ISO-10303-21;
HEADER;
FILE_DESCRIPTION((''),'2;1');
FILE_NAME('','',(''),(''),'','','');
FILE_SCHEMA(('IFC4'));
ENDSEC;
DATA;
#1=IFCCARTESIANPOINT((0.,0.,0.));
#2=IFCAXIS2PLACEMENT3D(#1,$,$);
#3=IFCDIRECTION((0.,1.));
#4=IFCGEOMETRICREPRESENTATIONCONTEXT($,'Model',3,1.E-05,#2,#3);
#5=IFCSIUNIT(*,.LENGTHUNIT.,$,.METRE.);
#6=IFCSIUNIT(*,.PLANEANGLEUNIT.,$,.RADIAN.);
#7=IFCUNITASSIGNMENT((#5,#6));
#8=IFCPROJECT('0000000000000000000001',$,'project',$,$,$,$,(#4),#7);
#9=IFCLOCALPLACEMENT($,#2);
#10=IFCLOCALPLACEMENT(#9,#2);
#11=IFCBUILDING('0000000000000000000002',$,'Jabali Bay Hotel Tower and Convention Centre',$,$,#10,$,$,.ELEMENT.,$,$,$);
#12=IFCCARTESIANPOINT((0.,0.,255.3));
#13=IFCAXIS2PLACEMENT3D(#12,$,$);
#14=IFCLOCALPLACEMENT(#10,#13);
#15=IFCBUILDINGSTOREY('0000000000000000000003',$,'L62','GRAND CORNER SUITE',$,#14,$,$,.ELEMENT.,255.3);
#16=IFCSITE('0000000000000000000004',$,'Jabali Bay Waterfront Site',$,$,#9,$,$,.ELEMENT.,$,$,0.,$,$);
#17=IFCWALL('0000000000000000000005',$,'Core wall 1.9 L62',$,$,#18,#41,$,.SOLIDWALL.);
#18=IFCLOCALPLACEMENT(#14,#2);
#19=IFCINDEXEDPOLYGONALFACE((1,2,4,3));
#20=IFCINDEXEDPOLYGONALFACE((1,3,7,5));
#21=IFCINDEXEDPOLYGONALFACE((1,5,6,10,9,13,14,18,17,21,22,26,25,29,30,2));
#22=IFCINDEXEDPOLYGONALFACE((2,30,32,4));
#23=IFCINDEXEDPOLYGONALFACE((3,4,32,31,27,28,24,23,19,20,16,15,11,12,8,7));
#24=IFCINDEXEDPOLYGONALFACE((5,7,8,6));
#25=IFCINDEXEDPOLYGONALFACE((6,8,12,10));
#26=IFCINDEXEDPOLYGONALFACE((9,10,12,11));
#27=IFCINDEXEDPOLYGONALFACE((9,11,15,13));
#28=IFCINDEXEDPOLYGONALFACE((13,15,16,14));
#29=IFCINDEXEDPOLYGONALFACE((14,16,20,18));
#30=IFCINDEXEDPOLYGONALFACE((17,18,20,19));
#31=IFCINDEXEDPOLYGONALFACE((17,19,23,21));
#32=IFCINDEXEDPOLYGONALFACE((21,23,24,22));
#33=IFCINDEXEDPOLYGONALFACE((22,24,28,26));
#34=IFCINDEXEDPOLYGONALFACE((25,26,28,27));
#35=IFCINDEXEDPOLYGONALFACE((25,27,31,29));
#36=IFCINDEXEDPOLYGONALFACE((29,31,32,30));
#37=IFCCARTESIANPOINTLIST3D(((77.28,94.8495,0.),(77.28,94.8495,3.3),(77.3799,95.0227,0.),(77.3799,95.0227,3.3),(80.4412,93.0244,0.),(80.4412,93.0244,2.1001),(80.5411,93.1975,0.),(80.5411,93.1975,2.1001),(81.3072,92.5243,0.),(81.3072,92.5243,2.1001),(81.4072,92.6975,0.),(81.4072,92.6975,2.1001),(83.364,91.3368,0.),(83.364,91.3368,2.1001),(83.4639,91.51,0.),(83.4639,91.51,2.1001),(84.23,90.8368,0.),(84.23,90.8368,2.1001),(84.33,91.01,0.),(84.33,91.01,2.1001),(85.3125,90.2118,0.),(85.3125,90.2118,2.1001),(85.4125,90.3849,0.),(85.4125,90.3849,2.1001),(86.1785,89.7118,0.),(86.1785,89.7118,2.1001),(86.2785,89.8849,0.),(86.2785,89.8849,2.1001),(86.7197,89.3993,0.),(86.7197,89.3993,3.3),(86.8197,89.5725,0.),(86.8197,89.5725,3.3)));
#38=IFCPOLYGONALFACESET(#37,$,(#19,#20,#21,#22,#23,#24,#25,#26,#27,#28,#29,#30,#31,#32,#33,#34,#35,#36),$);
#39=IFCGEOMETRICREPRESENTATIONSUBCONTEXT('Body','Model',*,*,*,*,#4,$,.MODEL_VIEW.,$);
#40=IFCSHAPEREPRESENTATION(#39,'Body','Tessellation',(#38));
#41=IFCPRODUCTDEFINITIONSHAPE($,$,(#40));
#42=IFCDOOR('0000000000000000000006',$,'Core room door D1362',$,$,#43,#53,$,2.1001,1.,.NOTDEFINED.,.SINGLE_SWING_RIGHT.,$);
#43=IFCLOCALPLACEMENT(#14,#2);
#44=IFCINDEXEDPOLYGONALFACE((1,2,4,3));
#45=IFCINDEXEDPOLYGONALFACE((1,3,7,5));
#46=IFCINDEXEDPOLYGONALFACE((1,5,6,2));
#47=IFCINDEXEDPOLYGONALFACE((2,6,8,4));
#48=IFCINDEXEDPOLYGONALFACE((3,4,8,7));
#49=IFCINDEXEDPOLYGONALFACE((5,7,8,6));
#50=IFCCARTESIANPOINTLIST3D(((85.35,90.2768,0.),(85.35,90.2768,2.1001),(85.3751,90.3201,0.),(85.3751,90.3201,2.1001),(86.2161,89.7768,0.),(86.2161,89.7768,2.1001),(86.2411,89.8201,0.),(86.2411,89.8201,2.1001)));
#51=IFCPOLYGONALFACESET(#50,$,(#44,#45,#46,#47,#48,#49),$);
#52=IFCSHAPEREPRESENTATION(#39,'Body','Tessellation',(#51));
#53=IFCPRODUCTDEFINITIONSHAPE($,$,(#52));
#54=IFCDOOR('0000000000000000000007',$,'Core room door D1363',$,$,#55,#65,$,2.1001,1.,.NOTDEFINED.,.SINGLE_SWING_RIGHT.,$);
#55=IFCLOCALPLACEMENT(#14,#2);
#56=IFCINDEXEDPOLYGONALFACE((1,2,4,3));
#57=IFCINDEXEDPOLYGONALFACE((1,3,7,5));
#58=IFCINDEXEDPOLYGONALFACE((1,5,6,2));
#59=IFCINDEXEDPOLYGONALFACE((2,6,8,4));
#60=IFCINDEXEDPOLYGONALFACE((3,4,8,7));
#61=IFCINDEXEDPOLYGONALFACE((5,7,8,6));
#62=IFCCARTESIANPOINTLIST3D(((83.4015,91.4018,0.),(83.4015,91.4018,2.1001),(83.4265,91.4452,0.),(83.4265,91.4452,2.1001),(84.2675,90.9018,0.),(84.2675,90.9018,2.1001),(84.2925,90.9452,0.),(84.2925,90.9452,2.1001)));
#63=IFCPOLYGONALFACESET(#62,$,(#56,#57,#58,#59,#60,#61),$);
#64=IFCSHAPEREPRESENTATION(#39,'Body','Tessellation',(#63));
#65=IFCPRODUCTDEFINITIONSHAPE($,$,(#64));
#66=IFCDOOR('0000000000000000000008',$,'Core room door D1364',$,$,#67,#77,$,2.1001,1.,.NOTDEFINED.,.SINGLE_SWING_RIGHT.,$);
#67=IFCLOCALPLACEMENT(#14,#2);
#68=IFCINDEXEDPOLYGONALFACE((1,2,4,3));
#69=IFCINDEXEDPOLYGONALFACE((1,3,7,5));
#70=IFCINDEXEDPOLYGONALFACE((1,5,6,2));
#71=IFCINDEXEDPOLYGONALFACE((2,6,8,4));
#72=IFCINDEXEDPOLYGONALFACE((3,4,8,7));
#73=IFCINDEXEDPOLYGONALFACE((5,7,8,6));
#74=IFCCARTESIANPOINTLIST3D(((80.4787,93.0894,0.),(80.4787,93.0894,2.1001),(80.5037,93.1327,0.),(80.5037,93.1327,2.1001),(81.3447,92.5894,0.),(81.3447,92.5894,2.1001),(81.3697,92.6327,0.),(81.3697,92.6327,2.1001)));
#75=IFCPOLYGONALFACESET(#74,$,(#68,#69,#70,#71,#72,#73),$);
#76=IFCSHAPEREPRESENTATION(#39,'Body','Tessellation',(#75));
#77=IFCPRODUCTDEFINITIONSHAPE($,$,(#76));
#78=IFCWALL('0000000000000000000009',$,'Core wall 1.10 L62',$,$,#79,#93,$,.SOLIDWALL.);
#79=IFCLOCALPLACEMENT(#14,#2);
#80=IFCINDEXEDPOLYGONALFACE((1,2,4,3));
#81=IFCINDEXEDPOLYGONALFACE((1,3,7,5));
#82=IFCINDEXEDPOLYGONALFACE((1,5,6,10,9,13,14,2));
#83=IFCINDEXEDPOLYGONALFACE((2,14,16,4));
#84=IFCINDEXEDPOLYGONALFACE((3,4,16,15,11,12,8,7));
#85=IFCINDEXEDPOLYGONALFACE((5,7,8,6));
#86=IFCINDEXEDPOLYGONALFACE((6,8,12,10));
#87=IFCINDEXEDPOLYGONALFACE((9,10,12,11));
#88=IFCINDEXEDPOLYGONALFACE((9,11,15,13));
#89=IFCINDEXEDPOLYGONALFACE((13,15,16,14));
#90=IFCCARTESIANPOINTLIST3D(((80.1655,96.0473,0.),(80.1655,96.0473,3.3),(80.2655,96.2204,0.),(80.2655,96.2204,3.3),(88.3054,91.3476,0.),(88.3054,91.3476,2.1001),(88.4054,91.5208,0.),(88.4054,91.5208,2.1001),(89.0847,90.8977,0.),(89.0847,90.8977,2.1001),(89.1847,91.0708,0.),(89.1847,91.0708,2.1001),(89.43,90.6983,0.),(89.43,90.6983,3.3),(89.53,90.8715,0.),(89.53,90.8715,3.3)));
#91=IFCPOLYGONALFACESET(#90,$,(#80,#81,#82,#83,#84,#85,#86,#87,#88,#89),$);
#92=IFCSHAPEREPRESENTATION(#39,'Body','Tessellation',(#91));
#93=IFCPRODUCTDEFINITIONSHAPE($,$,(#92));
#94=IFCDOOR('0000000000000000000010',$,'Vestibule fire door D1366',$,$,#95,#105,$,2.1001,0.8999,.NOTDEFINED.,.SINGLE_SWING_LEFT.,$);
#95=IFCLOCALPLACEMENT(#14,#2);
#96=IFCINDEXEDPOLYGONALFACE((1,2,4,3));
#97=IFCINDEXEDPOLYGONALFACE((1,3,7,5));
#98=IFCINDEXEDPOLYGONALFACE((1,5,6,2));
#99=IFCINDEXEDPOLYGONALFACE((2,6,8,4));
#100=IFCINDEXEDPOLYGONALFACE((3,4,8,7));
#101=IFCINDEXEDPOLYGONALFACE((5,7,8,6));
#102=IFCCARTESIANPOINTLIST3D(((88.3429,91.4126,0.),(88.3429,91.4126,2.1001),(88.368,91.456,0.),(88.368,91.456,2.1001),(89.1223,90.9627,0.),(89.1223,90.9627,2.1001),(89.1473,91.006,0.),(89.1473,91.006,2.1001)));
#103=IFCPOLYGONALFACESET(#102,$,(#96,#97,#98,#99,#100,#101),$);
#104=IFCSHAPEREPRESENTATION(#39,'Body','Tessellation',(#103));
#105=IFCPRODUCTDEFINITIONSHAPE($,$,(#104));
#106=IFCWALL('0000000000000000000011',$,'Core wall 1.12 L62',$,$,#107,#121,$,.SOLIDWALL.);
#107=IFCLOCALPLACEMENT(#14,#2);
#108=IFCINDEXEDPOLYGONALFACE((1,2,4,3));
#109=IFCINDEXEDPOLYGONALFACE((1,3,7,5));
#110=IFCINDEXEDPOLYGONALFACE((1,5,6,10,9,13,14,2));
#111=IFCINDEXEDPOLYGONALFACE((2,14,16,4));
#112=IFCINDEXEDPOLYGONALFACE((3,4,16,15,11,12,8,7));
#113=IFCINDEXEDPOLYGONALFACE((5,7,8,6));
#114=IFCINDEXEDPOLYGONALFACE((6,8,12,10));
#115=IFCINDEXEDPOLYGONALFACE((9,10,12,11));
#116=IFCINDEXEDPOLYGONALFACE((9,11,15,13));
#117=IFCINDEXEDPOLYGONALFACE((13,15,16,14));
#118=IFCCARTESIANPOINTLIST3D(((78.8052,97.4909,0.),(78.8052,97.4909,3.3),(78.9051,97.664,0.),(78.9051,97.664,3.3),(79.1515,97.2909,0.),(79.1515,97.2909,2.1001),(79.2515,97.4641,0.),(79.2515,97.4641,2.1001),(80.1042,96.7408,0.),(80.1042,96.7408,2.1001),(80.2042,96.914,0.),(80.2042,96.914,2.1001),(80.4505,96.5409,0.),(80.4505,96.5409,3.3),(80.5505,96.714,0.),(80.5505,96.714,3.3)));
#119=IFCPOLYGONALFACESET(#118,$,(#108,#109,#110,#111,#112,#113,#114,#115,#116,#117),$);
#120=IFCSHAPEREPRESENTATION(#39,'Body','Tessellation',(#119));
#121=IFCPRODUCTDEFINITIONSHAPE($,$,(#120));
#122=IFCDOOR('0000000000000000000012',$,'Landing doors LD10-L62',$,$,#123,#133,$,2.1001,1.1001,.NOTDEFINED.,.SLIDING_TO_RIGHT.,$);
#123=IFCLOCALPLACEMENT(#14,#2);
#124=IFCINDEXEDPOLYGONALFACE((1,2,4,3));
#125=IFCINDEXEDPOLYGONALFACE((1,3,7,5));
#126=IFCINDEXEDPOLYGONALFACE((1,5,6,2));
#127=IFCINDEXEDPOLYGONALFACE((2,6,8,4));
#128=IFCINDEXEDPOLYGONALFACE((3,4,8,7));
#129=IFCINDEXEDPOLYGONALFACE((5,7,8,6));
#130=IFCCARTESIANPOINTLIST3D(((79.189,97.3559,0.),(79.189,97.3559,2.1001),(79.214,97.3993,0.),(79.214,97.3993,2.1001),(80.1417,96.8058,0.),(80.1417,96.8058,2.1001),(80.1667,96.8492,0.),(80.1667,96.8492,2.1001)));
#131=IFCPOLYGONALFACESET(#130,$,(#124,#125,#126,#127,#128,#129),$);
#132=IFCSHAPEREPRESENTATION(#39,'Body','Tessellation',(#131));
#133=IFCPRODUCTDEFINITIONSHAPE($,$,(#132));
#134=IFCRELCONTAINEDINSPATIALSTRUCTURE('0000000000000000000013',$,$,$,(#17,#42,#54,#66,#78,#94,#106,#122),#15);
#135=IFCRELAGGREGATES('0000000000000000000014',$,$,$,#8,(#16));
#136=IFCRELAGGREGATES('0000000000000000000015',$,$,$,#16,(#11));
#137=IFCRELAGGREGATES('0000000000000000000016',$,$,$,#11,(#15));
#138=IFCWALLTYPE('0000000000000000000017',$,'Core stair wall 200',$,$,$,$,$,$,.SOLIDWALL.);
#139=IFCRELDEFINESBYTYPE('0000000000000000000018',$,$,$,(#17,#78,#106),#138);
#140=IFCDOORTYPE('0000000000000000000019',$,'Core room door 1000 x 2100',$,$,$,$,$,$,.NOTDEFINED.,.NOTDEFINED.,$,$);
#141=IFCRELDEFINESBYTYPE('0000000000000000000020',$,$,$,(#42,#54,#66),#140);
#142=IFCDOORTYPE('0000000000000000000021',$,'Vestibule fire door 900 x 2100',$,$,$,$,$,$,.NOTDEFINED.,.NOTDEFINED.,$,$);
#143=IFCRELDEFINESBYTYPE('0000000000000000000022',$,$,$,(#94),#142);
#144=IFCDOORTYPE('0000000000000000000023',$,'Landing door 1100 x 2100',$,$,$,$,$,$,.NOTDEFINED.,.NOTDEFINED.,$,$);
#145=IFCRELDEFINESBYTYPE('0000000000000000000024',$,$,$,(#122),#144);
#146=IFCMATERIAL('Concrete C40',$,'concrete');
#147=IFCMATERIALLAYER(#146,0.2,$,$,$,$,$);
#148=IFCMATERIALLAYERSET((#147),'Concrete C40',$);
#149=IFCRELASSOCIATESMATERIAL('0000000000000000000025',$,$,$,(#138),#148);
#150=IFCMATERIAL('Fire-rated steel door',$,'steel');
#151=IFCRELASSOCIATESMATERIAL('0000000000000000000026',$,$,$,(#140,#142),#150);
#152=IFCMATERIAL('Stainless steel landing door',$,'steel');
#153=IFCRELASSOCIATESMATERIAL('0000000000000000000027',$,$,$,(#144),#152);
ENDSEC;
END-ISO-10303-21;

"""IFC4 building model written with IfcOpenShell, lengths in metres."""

from ifc_helpers import new_model, si_unit, direction, frame, frame_2d, origin, place, context, subcontext, project, spatial, rectangle, extrude, material, layer, layer_set, type_object, element, fill, save


model = new_model("IFC4")

# Units and contexts
model_context = context("Model", 3, precision=1e-05, world=origin(), true_north=direction((0.0, 1.0)))
body_context = subcontext(model_context, "Body", "Model", "MODEL_VIEW")
ifc_project = project(units=[si_unit("LENGTHUNIT", "METRE"), si_unit("PLANEANGLEUNIT", "RADIAN")], contexts=[model_context])

# Site, building, storey
site_placement = place(None, origin())
site = spatial("IfcSite", under=ifc_project, at=site_placement, Name="Jabali Bay Waterfront Site", CompositionType="ELEMENT", RefElevation=0.0)
building_placement = place(site_placement, origin())
building = spatial("IfcBuilding", under=site, at=building_placement, Name="Jabali Bay Hotel Tower and Convention Centre", CompositionType="ELEMENT")
storey_placement = place(building_placement, frame((0.0, 0.0, 255.3)))
storey = spatial("IfcBuildingStorey", under=building, at=storey_placement, Name="L62", Description="GRAND CORNER SUITE", CompositionType="ELEMENT", Elevation=255.3)

# Shared definitions
ifc_material_1 = material(Name="Fire-rated steel door", Category="steel")

# Shared definitions
ifc_material_2 = material(Name="Concrete C40", Category="concrete")
ifc_layer_1 = layer(ifc_material_2, 0.2)
ifc_layer_set_1 = layer_set([ifc_layer_1], Name="Concrete C40")
wall_type_1 = type_object("IfcWallType", Name="Core stair wall 200", PredefinedType="SOLIDWALL", material=ifc_layer_set_1)

# Wall, openings, doors
wall_1_placement = place(storey_placement, frame((86.7698, 89.4858, 0.0), z_axis=(0.0, 0.0, 1.0), x_axis=(-0.866018, 0.500013, 0.0)))
wall_1 = element("IfcWall", 1, at=wall_1_placement, inside=storey, type_object=wall_type_1, Name="Core wall 1.9 L62", PredefinedType="SOLIDWALL", context=body_context, shape_type="SweptSolid", body=[
    extrude(rectangle(XDim=10.9001, YDim=0.2, at=frame_2d((5.4502, 0.0))), origin(), (0.0, 0.0, 1.0), 3.3),
])
opening_1_placement = place(wall_1_placement, frame((0.625, 0.0, 0.0)))
opening_1 = element("IfcOpeningElement", 2, at=opening_1_placement, cuts=wall_1, PredefinedType="OPENING", context=body_context, shape_type="SweptSolid", body=[
    extrude(rectangle(XDim=1.0, YDim=2.1001, at=frame_2d((0.5, 1.05))), frame((0.0, 0.1104, 0.0), z_axis=(0.0, -1.0, 0.0), x_axis=(1.0, 0.0, 0.0)), (0.0, 0.0, 1.0), 0.2209),
])
opening_2_placement = place(wall_1_placement, frame((2.875, 0.0, 0.0)))
opening_2 = element("IfcOpeningElement", 3, at=opening_2_placement, cuts=wall_1, PredefinedType="OPENING", context=body_context, shape_type="SweptSolid", body=[
    extrude(rectangle(XDim=1.0, YDim=2.1001, at=frame_2d((0.5, 1.05))), frame((0.0, 0.1104, 0.0), z_axis=(0.0, -1.0, 0.0), x_axis=(1.0, 0.0, 0.0)), (0.0, 0.0, 1.0), 0.2209),
])
opening_3_placement = place(wall_1_placement, frame((6.25, 0.0, 0.0)))
opening_3 = element("IfcOpeningElement", 4, at=opening_3_placement, cuts=wall_1, PredefinedType="OPENING", context=body_context, shape_type="SweptSolid", body=[
    extrude(rectangle(XDim=1.0, YDim=2.1001, at=frame_2d((0.5, 1.05))), frame((0.0, 0.1104, 0.0), z_axis=(0.0, -1.0, 0.0), x_axis=(1.0, 0.0, 0.0)), (0.0, 0.0, 1.0), 0.2209),
])
door_type_1 = type_object("IfcDoorType", Name="Core room door 1000 x 2100", OperationType="NOTDEFINED", PredefinedType="NOTDEFINED", material=ifc_material_1)
door_1_placement = place(opening_1_placement, origin())
door_1 = element("IfcDoor", 5, at=door_1_placement, inside=storey, type_object=door_type_1, Name="Core room door D1362", OperationType="SINGLE_SWING_RIGHT", OverallHeight=2.1001, OverallWidth=1.0, PredefinedType="NOTDEFINED", context=body_context, shape_type="SweptSolid", body=[
    extrude(rectangle(XDim=1.0, YDim=2.1001, at=frame_2d((0.5, 1.05))), frame((0.0, 0.0249, 0.0), z_axis=(0.0, -1.0, 0.0), x_axis=(1.0, 0.0, 0.0)), (0.0, 0.0, 1.0), 0.05),
])
fill(opening_1, door_1)
door_2_placement = place(opening_2_placement, origin())
door_2 = element("IfcDoor", 6, at=door_2_placement, inside=storey, type_object=door_type_1, Name="Core room door D1363", OperationType="SINGLE_SWING_RIGHT", OverallHeight=2.1001, OverallWidth=1.0, PredefinedType="NOTDEFINED", context=body_context, shape_type="SweptSolid", body=[
    extrude(rectangle(XDim=1.0, YDim=2.1001, at=frame_2d((0.5, 1.05))), frame((0.0, 0.0249, 0.0), z_axis=(0.0, -1.0, 0.0), x_axis=(1.0, 0.0, 0.0)), (0.0, 0.0, 1.0), 0.05),
])
fill(opening_2, door_2)
door_3_placement = place(opening_3_placement, origin())
door_3 = element("IfcDoor", 7, at=door_3_placement, inside=storey, type_object=door_type_1, Name="Core room door D1364", OperationType="SINGLE_SWING_RIGHT", OverallHeight=2.1001, OverallWidth=1.0, PredefinedType="NOTDEFINED", context=body_context, shape_type="SweptSolid", body=[
    extrude(rectangle(XDim=1.0, YDim=2.1001, at=frame_2d((0.5, 1.05))), frame((0.0, 0.0249, 0.0), z_axis=(0.0, -1.0, 0.0), x_axis=(1.0, 0.0, 0.0)), (0.0, 0.0, 1.0), 0.05),
])
fill(opening_3, door_3)

# Walls, openings, doors
wall_2_placement = place(storey_placement, frame((89.48, 90.7849, 0.0), z_axis=(0.0, 0.0, 1.0), x_axis=(-0.866023, 0.500005, 0.0)))
wall_2 = element("IfcWall", 8, at=wall_2_placement, inside=storey, type_object=wall_type_1, Name="Core wall 1.10 L62", PredefinedType="SOLIDWALL", context=body_context, shape_type="SweptSolid", body=[
    extrude(rectangle(XDim=10.6978, YDim=0.2, at=frame_2d((5.3489, 0.0))), origin(), (0.0, 0.0, 1.0), 3.3),
])
opening_4_placement = place(wall_2_placement, frame((0.3987, 0.0, 0.0)))
opening_4 = element("IfcOpeningElement", 9, at=opening_4_placement, cuts=wall_2, PredefinedType="OPENING", context=body_context, shape_type="SweptSolid", body=[
    extrude(rectangle(XDim=0.8999, YDim=2.1001, at=frame_2d((0.45, 1.05))), frame((0.0, 0.1104, 0.0), z_axis=(0.0, -1.0, 0.0), x_axis=(1.0, 0.0, 0.0)), (0.0, 0.0, 1.0), 0.2209),
])
door_type_2 = type_object("IfcDoorType", Name="Vestibule fire door 900 x 2100", OperationType="NOTDEFINED", PredefinedType="NOTDEFINED", material=ifc_material_1)
door_4_placement = place(opening_4_placement, origin())
door_4 = element("IfcDoor", 10, at=door_4_placement, inside=storey, type_object=door_type_2, Name="Vestibule fire door D1366", OperationType="SINGLE_SWING_LEFT", OverallHeight=2.1001, OverallWidth=0.8999, PredefinedType="NOTDEFINED", context=body_context, shape_type="SweptSolid", body=[
    extrude(rectangle(XDim=0.8999, YDim=2.1001, at=frame_2d((0.45, 1.05))), frame((0.0, 0.0249, 0.0), z_axis=(0.0, -1.0, 0.0), x_axis=(1.0, 0.0, 0.0)), (0.0, 0.0, 1.0), 0.05),
])
fill(opening_4, door_4)
wall_3_placement = place(storey_placement, frame((80.5005, 96.6274, 0.0), z_axis=(0.0, 0.0, 1.0), x_axis=(-0.866012, 0.500023, 0.0)))
wall_3 = element("IfcWall", 11, at=wall_3_placement, inside=storey, type_object=wall_type_1, Name="Core wall 1.12 L62", PredefinedType="SOLIDWALL", context=body_context, shape_type="SweptSolid", body=[
    extrude(rectangle(XDim=1.8999, YDim=0.2, at=frame_2d((0.95, 0.0))), origin(), (0.0, 0.0, 1.0), 3.3),
])
opening_5_placement = place(wall_3_placement, frame((0.3999, 0.0, 0.0)))
opening_5 = element("IfcOpeningElement", 12, at=opening_5_placement, cuts=wall_3, PredefinedType="OPENING", context=body_context, shape_type="SweptSolid", body=[
    extrude(rectangle(XDim=1.1001, YDim=2.1001, at=frame_2d((0.55, 1.05))), frame((0.0, 0.1104, 0.0), z_axis=(0.0, -1.0, 0.0), x_axis=(1.0, 0.0, 0.0)), (0.0, 0.0, 1.0), 0.2209),
])
ifc_material_3 = material(Name="Stainless steel landing door", Category="steel")
door_type_3 = type_object("IfcDoorType", Name="Landing door 1100 x 2100", OperationType="NOTDEFINED", PredefinedType="NOTDEFINED", material=ifc_material_3)
door_5_placement = place(opening_5_placement, origin())
door_5 = element("IfcDoor", 13, at=door_5_placement, inside=storey, type_object=door_type_3, Name="Landing doors LD10-L62", OperationType="SLIDING_TO_RIGHT", OverallHeight=2.1001, OverallWidth=1.1001, PredefinedType="NOTDEFINED", context=body_context, shape_type="SweptSolid", body=[
    extrude(rectangle(XDim=1.1001, YDim=2.1001, at=frame_2d((0.55, 1.05))), frame((0.0, 0.0249, 0.0), z_axis=(0.0, -1.0, 0.0), x_axis=(1.0, 0.0, 0.0)), (0.0, 0.0, 1.0), 0.05),
])
fill(opening_5, door_5)

save(model, "model.ifc")
